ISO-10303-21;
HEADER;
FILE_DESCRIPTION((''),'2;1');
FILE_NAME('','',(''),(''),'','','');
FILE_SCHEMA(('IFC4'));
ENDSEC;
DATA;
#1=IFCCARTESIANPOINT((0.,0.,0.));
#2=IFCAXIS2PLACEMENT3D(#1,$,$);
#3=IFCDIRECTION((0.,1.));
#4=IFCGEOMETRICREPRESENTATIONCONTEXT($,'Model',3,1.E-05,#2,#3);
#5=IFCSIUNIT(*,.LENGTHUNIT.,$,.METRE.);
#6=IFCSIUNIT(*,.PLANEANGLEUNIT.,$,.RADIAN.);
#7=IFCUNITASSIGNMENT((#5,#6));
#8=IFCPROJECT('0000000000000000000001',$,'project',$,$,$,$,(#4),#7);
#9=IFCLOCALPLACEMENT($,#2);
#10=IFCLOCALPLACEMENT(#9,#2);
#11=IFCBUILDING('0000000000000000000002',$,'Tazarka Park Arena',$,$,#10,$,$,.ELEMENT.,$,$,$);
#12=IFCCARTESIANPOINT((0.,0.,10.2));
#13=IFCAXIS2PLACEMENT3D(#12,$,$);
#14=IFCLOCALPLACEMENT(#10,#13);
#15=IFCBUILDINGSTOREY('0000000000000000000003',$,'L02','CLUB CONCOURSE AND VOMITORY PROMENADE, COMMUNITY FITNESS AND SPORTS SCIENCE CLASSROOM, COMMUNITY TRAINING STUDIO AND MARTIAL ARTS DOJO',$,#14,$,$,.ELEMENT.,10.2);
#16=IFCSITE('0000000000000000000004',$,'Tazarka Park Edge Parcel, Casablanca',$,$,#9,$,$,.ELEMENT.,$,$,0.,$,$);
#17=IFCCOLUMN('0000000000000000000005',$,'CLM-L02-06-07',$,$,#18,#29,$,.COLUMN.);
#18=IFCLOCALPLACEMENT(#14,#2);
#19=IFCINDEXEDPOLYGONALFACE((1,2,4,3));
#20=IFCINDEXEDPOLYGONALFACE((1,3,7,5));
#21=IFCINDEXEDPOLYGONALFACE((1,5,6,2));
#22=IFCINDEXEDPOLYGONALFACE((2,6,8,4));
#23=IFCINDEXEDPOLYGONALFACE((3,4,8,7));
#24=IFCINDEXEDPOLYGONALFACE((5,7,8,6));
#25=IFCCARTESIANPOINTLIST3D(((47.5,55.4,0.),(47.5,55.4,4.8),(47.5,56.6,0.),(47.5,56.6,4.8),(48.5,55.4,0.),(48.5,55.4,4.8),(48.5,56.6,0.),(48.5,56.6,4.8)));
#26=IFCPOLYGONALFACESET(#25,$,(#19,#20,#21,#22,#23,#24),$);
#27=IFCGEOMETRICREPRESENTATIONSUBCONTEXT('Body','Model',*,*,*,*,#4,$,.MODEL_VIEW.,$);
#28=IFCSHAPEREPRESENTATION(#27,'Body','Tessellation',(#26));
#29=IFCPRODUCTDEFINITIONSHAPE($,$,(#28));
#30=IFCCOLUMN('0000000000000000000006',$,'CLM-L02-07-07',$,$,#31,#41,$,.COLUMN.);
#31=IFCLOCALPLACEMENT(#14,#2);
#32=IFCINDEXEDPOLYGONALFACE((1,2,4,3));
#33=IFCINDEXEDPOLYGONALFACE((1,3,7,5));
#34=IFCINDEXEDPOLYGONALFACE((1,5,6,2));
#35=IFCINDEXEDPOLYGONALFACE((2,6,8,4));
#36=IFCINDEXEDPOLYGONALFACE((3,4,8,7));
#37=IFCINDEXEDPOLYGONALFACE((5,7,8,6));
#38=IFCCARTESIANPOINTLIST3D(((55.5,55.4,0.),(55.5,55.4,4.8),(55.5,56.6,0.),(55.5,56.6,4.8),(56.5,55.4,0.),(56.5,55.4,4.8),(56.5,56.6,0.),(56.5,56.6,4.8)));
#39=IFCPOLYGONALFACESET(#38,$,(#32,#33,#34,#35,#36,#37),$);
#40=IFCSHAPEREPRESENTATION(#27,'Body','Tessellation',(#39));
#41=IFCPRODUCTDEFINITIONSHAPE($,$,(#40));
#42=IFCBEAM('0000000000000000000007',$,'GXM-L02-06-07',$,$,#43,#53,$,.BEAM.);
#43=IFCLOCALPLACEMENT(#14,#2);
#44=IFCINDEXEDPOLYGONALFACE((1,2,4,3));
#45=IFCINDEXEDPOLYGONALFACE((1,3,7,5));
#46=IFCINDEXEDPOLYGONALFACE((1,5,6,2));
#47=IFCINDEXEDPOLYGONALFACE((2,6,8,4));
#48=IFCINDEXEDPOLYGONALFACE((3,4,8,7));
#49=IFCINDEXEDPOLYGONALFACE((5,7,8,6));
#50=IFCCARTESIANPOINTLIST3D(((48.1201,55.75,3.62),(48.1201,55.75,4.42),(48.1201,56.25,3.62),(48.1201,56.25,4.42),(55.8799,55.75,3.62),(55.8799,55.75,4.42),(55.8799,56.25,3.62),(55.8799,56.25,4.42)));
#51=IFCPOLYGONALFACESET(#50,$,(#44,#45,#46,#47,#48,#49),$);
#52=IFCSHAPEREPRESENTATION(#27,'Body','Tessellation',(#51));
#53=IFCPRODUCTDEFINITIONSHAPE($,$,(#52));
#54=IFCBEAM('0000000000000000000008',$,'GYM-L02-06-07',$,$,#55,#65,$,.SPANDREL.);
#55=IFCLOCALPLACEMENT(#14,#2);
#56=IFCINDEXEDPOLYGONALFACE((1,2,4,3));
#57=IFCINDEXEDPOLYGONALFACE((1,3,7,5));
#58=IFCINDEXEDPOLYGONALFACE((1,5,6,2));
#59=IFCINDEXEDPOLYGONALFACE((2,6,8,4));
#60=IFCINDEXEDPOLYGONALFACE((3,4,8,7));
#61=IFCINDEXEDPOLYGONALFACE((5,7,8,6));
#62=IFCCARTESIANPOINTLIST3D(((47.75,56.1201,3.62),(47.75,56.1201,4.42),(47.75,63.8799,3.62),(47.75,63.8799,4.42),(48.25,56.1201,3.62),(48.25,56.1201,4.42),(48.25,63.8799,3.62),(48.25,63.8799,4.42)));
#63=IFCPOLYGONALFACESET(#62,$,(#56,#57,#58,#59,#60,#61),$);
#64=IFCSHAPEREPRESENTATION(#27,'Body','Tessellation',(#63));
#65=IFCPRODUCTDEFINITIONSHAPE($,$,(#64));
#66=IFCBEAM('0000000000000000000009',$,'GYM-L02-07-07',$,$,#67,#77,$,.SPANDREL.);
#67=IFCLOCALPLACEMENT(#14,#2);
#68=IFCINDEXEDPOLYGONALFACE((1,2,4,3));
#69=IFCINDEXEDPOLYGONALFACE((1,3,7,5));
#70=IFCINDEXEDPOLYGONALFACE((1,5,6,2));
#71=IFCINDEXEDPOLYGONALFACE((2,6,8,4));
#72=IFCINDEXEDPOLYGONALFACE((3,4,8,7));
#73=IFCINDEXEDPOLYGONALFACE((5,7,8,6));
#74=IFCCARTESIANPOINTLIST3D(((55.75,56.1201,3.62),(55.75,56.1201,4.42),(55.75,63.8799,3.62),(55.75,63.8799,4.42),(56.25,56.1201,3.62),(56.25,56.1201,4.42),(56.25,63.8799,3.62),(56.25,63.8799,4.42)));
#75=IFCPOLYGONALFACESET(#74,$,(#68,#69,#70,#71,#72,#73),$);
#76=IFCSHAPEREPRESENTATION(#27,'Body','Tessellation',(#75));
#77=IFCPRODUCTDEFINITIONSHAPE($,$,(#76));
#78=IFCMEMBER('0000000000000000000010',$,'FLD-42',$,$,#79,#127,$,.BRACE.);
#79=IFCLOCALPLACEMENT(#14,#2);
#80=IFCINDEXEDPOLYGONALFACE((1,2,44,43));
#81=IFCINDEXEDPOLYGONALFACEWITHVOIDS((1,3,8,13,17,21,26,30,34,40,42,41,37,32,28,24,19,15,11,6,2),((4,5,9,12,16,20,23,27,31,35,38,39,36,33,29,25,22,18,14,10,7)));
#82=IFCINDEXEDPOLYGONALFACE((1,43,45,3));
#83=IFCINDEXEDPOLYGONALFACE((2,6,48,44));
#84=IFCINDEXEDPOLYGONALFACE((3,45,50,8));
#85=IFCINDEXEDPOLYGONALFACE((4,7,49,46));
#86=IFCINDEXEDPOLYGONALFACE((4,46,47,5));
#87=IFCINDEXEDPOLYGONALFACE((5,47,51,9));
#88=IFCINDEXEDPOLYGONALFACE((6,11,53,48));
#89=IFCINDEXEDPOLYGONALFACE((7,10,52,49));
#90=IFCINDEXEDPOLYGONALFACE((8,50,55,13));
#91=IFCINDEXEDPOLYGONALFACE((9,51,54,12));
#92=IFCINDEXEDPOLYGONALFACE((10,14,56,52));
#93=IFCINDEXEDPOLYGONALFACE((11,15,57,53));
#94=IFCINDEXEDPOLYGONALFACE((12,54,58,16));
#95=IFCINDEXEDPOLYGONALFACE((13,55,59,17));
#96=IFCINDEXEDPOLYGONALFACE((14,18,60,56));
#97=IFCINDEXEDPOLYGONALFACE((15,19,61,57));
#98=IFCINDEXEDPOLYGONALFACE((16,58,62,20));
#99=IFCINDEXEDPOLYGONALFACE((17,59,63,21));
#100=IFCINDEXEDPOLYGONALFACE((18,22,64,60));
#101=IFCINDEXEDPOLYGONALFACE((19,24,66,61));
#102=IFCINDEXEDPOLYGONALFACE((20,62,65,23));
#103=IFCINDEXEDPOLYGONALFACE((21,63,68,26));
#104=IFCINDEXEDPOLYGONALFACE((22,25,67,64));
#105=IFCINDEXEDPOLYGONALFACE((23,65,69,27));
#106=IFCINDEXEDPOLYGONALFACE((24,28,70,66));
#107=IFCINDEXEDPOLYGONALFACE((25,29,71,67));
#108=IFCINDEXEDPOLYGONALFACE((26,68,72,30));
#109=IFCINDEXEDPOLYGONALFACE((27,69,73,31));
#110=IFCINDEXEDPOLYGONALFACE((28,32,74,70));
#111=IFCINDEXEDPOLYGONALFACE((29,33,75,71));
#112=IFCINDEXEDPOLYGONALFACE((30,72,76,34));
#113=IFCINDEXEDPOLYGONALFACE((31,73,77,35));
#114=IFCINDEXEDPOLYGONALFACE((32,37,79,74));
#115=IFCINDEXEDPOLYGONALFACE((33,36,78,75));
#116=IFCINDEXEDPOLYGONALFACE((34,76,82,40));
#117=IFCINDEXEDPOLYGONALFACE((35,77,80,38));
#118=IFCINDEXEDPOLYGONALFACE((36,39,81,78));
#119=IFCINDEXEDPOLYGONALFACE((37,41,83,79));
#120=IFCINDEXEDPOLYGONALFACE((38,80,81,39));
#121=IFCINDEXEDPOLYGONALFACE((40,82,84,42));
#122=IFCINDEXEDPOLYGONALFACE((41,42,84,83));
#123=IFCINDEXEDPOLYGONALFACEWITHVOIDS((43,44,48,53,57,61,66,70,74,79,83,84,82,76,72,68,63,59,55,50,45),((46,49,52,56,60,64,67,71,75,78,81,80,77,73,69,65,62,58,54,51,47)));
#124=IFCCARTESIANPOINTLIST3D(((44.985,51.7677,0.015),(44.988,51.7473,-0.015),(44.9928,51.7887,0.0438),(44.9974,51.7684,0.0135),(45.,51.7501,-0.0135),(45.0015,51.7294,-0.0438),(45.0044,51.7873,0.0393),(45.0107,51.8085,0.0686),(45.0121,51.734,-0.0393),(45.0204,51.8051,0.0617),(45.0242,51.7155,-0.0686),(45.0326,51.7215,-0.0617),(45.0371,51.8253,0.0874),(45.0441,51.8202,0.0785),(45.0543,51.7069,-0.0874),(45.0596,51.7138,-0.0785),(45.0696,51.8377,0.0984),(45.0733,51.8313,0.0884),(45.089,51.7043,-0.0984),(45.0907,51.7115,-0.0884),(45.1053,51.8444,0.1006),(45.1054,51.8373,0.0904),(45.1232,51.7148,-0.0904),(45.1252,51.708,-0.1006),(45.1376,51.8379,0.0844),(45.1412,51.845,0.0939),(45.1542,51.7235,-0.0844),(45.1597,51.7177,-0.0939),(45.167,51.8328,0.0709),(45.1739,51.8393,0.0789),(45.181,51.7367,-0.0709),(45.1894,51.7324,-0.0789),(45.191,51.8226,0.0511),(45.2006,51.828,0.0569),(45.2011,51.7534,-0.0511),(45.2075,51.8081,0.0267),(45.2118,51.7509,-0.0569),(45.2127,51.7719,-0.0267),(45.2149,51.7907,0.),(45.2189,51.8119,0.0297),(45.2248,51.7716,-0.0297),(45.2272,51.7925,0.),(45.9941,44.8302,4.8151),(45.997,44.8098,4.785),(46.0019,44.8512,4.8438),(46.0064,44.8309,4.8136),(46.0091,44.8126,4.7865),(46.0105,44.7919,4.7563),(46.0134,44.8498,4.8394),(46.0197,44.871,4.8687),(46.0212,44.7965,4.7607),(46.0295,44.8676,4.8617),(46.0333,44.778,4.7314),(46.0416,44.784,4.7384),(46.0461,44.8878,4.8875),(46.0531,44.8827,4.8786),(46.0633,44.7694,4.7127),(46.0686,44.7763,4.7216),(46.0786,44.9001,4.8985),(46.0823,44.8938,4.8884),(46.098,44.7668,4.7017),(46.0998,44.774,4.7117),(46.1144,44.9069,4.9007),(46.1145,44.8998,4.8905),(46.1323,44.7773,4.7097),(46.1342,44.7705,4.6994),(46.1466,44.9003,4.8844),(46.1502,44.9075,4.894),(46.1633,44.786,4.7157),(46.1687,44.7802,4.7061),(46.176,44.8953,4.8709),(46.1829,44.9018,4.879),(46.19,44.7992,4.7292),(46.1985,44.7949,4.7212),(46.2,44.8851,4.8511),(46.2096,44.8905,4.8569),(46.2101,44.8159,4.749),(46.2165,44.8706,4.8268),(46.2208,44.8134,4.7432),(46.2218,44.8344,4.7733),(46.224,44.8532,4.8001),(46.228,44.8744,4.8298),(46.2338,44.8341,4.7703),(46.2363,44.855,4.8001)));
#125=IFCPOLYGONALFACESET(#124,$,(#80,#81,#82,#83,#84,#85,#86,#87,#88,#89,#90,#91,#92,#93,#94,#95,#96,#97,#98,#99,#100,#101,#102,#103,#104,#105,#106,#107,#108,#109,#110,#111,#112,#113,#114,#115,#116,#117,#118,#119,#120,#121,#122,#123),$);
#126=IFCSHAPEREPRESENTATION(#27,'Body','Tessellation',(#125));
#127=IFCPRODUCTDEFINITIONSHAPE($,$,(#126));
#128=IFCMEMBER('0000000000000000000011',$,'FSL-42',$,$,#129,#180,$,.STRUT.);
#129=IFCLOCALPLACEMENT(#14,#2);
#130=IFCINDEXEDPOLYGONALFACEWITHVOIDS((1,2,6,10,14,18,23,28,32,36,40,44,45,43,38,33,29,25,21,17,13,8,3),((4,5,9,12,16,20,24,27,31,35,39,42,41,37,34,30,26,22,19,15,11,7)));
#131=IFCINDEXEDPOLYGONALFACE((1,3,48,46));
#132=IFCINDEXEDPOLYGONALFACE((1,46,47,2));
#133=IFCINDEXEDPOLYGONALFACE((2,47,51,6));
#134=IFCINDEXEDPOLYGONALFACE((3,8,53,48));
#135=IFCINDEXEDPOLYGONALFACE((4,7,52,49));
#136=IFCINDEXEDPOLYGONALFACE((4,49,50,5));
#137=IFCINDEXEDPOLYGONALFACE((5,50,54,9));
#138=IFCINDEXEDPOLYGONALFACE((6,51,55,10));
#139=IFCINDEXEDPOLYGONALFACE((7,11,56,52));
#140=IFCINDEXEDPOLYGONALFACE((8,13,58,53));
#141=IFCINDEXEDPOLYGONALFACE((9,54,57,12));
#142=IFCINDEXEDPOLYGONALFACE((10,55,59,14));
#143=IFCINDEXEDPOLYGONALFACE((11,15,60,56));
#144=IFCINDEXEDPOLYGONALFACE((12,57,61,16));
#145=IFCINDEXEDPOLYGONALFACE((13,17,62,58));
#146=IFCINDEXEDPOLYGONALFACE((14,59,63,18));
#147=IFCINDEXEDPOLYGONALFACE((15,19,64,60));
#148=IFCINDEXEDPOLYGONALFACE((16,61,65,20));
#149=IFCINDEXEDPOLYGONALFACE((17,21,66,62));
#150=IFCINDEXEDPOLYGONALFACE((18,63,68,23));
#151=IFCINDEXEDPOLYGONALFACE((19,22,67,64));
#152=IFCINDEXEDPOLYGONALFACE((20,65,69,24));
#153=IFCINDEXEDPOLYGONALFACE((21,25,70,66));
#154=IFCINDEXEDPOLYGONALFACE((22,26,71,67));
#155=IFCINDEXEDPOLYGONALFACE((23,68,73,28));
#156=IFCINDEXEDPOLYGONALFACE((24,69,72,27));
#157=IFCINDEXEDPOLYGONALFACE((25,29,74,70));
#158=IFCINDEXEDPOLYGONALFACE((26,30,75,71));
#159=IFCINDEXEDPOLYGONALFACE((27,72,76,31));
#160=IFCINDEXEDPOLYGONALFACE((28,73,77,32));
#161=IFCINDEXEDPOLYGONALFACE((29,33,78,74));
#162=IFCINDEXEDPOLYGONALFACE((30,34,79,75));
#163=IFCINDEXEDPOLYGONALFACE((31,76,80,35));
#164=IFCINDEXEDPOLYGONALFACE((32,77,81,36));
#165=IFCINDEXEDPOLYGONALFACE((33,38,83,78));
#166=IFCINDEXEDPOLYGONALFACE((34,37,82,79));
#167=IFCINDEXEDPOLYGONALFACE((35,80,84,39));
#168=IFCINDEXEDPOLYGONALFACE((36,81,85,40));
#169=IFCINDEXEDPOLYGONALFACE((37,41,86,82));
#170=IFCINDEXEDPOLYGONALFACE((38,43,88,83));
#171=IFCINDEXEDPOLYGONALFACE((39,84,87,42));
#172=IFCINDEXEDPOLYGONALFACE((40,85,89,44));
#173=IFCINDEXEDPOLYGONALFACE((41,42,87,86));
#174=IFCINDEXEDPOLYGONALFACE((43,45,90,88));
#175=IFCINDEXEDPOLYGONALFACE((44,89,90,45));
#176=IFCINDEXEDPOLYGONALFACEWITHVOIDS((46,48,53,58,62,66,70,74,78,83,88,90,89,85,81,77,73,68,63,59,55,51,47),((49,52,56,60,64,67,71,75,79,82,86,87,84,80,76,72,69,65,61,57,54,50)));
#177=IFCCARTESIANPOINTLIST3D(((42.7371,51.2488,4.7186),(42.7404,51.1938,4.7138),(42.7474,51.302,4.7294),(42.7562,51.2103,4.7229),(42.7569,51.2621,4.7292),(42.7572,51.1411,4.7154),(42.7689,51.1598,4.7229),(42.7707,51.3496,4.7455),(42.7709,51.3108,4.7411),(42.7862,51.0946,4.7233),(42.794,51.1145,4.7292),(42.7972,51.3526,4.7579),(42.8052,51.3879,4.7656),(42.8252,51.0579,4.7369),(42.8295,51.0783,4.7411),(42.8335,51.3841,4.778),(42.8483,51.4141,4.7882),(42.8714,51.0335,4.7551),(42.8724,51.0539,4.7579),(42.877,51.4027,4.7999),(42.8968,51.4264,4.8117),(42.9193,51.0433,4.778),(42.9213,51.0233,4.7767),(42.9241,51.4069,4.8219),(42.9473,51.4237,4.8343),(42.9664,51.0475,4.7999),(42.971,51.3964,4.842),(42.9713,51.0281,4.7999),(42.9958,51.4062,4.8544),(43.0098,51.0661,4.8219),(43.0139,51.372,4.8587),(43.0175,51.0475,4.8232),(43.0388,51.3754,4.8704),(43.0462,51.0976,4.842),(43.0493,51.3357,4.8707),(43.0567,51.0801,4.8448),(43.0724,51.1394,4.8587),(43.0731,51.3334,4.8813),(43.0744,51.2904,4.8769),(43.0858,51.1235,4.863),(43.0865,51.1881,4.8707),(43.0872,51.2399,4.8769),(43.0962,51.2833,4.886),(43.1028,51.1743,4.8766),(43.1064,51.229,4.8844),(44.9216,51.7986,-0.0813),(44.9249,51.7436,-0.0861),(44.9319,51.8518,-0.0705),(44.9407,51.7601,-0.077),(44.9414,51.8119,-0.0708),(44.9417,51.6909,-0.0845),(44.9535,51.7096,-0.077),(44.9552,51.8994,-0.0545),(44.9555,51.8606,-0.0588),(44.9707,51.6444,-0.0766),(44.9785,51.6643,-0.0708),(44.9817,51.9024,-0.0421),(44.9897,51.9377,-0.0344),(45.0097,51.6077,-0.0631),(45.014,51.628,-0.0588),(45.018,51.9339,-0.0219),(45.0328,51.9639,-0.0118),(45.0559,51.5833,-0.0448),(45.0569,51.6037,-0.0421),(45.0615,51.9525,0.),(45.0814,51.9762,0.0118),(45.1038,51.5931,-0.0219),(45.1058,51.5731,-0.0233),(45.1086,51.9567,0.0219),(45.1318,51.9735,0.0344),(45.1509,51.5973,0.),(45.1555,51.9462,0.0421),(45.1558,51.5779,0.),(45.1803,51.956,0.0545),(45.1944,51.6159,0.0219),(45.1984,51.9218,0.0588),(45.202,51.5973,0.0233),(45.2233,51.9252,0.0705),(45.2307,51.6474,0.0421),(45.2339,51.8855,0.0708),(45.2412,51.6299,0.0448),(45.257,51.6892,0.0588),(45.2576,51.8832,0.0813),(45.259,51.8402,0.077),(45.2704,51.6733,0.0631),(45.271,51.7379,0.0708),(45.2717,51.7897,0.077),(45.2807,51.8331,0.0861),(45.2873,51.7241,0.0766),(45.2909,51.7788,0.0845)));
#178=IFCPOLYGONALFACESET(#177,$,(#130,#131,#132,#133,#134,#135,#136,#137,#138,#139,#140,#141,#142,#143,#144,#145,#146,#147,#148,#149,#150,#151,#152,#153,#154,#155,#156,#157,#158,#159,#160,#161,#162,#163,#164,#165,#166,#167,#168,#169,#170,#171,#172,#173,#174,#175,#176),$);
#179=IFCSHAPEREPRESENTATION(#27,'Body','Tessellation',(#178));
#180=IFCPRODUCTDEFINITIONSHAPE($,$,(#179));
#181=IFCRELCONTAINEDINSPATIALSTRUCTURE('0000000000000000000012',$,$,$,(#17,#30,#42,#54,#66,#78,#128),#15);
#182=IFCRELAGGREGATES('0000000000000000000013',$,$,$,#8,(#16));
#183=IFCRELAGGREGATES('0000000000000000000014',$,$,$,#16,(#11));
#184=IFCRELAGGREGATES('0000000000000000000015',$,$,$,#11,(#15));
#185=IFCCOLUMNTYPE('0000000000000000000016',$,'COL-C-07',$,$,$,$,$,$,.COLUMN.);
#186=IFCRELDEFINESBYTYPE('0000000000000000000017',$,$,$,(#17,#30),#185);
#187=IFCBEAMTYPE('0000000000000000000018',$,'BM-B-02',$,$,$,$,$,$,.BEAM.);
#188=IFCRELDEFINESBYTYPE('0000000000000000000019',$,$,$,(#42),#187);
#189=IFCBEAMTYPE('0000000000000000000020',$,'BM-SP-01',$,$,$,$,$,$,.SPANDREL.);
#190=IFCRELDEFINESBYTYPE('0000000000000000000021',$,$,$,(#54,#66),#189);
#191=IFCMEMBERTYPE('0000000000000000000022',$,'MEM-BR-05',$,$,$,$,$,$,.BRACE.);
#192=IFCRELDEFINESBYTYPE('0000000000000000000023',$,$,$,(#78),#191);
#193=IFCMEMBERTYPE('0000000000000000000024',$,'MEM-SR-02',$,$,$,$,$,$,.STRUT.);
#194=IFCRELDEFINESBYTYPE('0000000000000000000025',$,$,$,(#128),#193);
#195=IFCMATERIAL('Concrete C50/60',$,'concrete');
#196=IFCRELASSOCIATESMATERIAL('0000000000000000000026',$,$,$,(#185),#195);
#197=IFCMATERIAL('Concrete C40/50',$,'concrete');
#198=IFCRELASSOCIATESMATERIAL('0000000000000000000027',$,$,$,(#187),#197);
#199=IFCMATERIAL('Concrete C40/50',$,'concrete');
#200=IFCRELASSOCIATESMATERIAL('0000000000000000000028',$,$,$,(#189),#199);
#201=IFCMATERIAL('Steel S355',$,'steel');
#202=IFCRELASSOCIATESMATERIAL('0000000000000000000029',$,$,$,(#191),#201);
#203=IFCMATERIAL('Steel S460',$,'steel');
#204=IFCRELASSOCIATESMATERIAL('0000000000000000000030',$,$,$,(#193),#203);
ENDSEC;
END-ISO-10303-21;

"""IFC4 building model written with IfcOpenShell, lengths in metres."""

from ifc_helpers import new_model, si_unit, direction, frame, origin, origin_2d, place, context, subcontext, project, spatial, rectangle, hollow_circle, extrude, material, material_profile, profile_set, type_object, element, save


model = new_model("IFC4")

# Units and contexts
model_context = context("Model", 3, precision=1e-05, world=origin(), true_north=direction((0.0, 1.0)))
body_context = subcontext(model_context, "Body", "Model", "MODEL_VIEW")
ifc_project = project(units=[si_unit("LENGTHUNIT", "METRE"), si_unit("PLANEANGLEUNIT", "RADIAN")], contexts=[model_context])

# Site, building, storey
site_placement = place(None, origin())
site = spatial("IfcSite", under=ifc_project, at=site_placement, Name="Tazarka Park Edge Parcel, Casablanca", CompositionType="ELEMENT", RefElevation=0.0)
building_placement = place(site_placement, origin())
building = spatial("IfcBuilding", under=site, at=building_placement, Name="Tazarka Park Arena", CompositionType="ELEMENT")
storey_placement = place(building_placement, frame((0.0, 0.0, 10.2)))
storey = spatial("IfcBuildingStorey", under=building, at=storey_placement, Name="L02", Description="CLUB CONCOURSE AND VOMITORY PROMENADE, COMMUNITY FITNESS AND SPORTS SCIENCE CLASSROOM, COMMUNITY TRAINING STUDIO AND MARTIAL ARTS DOJO", CompositionType="ELEMENT", Elevation=10.2)

# Columns
ifc_material_1 = material(Name="Concrete C50/60", Category="concrete")
ifc_material_profile_1 = material_profile(ifc_material_1, rectangle(XDim=1.0, YDim=1.2, at=origin_2d()), Name="Concrete C50/60")
ifc_profile_set_1 = profile_set([ifc_material_profile_1], Name="Concrete C50/60")
column_type = type_object("IfcColumnType", Name="COL-C-07", PredefinedType="COLUMN", material=ifc_profile_set_1)
for number, where, z_axis, x_axis, name in (
    (1, (48.0, 56.0, 0.0), (0.0, 0.0, 1.0), (1.0, 0.0, 0.0), "CLM-L02-06-07"),
    (2, (56.0, 56.0, 0.0), (0.0, 0.0, 1.0), (1.0, 0.0, 0.0), "CLM-L02-07-07"),
):
    element("IfcColumn", number, at=place(storey_placement, frame(where, z_axis=z_axis, x_axis=x_axis)), inside=storey, type_object=column_type, Name=name, PredefinedType="COLUMN", context=body_context, shape_type="SweptSolid", body=[
        extrude(rectangle(XDim=1.0, YDim=1.2, at=origin_2d()), origin(), (0.0, 0.0, 1.0), 4.8),
    ])

# Beams
ifc_material_2 = material(Name="Concrete C40/50", Category="concrete")
ifc_material_profile_2 = material_profile(ifc_material_2, rectangle(XDim=0.5, YDim=0.8, at=origin_2d()), Name="Concrete C40/50")
ifc_profile_set_2 = profile_set([ifc_material_profile_2], Name="Concrete C40/50")
beam_type_1 = type_object("IfcBeamType", Name="BM-B-02", PredefinedType="BEAM", material=ifc_profile_set_2)
beam_placement = place(storey_placement, frame((48.1201, 56.0, 4.02), z_axis=(1.0, 0.0, 0.0), x_axis=(0.0, 1.0, 0.0)))
element("IfcBeam", 3, at=beam_placement, inside=storey, type_object=beam_type_1, Name="GXM-L02-06-07", PredefinedType="BEAM", context=body_context, shape_type="SweptSolid", body=[
    extrude(rectangle(XDim=0.5, YDim=0.8, at=origin_2d()), origin(), (0.0, 0.0, 1.0), 7.7598),
])
ifc_material_3 = material(Name="Concrete C40/50", Category="concrete")
ifc_material_profile_3 = material_profile(ifc_material_3, rectangle(XDim=0.5, YDim=0.8, at=origin_2d()), Name="Concrete C40/50")
ifc_profile_set_3 = profile_set([ifc_material_profile_3], Name="Concrete C40/50")
beam_type_2 = type_object("IfcBeamType", Name="BM-SP-01", PredefinedType="SPANDREL", material=ifc_profile_set_3)
for number, where, z_axis, x_axis, name in (
    (4, (48.0, 56.1201, 4.02), (0.0, 1.0, 0.0), (-1.0, 0.0, 0.0), "GYM-L02-06-07"),
    (5, (56.0, 56.1201, 4.02), (0.0, 1.0, 0.0), (-1.0, 0.0, 0.0), "GYM-L02-07-07"),
):
    element("IfcBeam", number, at=place(storey_placement, frame(where, z_axis=z_axis, x_axis=x_axis)), inside=storey, type_object=beam_type_2, Name=name, PredefinedType="SPANDREL", context=body_context, shape_type="SweptSolid", body=[
        extrude(rectangle(XDim=0.5, YDim=0.8, at=origin_2d()), origin(), (0.0, 0.0, 1.0), 7.7598),
    ])

# Members
ifc_material_4 = material(Name="Steel S355", Category="steel")
ifc_material_profile_4 = material_profile(ifc_material_4, hollow_circle(Radius=0.1223, WallThickness=0.0125, at=origin_2d()), Name="Steel S355")
ifc_profile_set_4 = profile_set([ifc_material_profile_4], Name="Steel S355")
member_type_1 = type_object("IfcMemberType", Name="MEM-BR-05", PredefinedType="BRACE", material=ifc_profile_set_4)
member_1_placement = place(storey_placement, frame((45.1062, 51.7749, 0.0), z_axis=(0.118761, -0.81653, 0.564956), x_axis=(0.989588, 0.143932, 0.0)))
element("IfcMember", 6, at=member_1_placement, inside=storey, type_object=member_type_1, Name="FLD-42", PredefinedType="BRACE", context=body_context, shape_type="SweptSolid", body=[
    extrude(hollow_circle(Radius=0.1223, WallThickness=0.0125, at=origin_2d()), origin(), (0.0, 0.0, 1.0), 8.4963),
])
ifc_material_5 = material(Name="Steel S460", Category="steel")
ifc_material_profile_5 = material_profile(ifc_material_5, hollow_circle(Radius=0.2031, WallThickness=0.02, at=origin_2d()), Name="Steel S460")
ifc_profile_set_5 = profile_set([ifc_material_profile_5], Name="Steel S460")
member_type_2 = type_object("IfcMemberType", Name="MEM-SR-02", PredefinedType="STRUT", material=ifc_profile_set_5)
member_2_placement = place(storey_placement, frame((45.1062, 51.7749, 0.0), z_axis=(-0.411999, -0.10369, 0.905265), x_axis=(0.244065, -0.969759, 0.0)))
element("IfcMember", 7, at=member_2_placement, inside=storey, type_object=member_type_2, Name="FSL-42", PredefinedType="STRUT", context=body_context, shape_type="SweptSolid", body=[
    extrude(hollow_circle(Radius=0.2031, WallThickness=0.02, at=origin_2d()), origin(), (0.0, 0.0, 1.0), 5.3022),
])

save(model, "model.ifc")
